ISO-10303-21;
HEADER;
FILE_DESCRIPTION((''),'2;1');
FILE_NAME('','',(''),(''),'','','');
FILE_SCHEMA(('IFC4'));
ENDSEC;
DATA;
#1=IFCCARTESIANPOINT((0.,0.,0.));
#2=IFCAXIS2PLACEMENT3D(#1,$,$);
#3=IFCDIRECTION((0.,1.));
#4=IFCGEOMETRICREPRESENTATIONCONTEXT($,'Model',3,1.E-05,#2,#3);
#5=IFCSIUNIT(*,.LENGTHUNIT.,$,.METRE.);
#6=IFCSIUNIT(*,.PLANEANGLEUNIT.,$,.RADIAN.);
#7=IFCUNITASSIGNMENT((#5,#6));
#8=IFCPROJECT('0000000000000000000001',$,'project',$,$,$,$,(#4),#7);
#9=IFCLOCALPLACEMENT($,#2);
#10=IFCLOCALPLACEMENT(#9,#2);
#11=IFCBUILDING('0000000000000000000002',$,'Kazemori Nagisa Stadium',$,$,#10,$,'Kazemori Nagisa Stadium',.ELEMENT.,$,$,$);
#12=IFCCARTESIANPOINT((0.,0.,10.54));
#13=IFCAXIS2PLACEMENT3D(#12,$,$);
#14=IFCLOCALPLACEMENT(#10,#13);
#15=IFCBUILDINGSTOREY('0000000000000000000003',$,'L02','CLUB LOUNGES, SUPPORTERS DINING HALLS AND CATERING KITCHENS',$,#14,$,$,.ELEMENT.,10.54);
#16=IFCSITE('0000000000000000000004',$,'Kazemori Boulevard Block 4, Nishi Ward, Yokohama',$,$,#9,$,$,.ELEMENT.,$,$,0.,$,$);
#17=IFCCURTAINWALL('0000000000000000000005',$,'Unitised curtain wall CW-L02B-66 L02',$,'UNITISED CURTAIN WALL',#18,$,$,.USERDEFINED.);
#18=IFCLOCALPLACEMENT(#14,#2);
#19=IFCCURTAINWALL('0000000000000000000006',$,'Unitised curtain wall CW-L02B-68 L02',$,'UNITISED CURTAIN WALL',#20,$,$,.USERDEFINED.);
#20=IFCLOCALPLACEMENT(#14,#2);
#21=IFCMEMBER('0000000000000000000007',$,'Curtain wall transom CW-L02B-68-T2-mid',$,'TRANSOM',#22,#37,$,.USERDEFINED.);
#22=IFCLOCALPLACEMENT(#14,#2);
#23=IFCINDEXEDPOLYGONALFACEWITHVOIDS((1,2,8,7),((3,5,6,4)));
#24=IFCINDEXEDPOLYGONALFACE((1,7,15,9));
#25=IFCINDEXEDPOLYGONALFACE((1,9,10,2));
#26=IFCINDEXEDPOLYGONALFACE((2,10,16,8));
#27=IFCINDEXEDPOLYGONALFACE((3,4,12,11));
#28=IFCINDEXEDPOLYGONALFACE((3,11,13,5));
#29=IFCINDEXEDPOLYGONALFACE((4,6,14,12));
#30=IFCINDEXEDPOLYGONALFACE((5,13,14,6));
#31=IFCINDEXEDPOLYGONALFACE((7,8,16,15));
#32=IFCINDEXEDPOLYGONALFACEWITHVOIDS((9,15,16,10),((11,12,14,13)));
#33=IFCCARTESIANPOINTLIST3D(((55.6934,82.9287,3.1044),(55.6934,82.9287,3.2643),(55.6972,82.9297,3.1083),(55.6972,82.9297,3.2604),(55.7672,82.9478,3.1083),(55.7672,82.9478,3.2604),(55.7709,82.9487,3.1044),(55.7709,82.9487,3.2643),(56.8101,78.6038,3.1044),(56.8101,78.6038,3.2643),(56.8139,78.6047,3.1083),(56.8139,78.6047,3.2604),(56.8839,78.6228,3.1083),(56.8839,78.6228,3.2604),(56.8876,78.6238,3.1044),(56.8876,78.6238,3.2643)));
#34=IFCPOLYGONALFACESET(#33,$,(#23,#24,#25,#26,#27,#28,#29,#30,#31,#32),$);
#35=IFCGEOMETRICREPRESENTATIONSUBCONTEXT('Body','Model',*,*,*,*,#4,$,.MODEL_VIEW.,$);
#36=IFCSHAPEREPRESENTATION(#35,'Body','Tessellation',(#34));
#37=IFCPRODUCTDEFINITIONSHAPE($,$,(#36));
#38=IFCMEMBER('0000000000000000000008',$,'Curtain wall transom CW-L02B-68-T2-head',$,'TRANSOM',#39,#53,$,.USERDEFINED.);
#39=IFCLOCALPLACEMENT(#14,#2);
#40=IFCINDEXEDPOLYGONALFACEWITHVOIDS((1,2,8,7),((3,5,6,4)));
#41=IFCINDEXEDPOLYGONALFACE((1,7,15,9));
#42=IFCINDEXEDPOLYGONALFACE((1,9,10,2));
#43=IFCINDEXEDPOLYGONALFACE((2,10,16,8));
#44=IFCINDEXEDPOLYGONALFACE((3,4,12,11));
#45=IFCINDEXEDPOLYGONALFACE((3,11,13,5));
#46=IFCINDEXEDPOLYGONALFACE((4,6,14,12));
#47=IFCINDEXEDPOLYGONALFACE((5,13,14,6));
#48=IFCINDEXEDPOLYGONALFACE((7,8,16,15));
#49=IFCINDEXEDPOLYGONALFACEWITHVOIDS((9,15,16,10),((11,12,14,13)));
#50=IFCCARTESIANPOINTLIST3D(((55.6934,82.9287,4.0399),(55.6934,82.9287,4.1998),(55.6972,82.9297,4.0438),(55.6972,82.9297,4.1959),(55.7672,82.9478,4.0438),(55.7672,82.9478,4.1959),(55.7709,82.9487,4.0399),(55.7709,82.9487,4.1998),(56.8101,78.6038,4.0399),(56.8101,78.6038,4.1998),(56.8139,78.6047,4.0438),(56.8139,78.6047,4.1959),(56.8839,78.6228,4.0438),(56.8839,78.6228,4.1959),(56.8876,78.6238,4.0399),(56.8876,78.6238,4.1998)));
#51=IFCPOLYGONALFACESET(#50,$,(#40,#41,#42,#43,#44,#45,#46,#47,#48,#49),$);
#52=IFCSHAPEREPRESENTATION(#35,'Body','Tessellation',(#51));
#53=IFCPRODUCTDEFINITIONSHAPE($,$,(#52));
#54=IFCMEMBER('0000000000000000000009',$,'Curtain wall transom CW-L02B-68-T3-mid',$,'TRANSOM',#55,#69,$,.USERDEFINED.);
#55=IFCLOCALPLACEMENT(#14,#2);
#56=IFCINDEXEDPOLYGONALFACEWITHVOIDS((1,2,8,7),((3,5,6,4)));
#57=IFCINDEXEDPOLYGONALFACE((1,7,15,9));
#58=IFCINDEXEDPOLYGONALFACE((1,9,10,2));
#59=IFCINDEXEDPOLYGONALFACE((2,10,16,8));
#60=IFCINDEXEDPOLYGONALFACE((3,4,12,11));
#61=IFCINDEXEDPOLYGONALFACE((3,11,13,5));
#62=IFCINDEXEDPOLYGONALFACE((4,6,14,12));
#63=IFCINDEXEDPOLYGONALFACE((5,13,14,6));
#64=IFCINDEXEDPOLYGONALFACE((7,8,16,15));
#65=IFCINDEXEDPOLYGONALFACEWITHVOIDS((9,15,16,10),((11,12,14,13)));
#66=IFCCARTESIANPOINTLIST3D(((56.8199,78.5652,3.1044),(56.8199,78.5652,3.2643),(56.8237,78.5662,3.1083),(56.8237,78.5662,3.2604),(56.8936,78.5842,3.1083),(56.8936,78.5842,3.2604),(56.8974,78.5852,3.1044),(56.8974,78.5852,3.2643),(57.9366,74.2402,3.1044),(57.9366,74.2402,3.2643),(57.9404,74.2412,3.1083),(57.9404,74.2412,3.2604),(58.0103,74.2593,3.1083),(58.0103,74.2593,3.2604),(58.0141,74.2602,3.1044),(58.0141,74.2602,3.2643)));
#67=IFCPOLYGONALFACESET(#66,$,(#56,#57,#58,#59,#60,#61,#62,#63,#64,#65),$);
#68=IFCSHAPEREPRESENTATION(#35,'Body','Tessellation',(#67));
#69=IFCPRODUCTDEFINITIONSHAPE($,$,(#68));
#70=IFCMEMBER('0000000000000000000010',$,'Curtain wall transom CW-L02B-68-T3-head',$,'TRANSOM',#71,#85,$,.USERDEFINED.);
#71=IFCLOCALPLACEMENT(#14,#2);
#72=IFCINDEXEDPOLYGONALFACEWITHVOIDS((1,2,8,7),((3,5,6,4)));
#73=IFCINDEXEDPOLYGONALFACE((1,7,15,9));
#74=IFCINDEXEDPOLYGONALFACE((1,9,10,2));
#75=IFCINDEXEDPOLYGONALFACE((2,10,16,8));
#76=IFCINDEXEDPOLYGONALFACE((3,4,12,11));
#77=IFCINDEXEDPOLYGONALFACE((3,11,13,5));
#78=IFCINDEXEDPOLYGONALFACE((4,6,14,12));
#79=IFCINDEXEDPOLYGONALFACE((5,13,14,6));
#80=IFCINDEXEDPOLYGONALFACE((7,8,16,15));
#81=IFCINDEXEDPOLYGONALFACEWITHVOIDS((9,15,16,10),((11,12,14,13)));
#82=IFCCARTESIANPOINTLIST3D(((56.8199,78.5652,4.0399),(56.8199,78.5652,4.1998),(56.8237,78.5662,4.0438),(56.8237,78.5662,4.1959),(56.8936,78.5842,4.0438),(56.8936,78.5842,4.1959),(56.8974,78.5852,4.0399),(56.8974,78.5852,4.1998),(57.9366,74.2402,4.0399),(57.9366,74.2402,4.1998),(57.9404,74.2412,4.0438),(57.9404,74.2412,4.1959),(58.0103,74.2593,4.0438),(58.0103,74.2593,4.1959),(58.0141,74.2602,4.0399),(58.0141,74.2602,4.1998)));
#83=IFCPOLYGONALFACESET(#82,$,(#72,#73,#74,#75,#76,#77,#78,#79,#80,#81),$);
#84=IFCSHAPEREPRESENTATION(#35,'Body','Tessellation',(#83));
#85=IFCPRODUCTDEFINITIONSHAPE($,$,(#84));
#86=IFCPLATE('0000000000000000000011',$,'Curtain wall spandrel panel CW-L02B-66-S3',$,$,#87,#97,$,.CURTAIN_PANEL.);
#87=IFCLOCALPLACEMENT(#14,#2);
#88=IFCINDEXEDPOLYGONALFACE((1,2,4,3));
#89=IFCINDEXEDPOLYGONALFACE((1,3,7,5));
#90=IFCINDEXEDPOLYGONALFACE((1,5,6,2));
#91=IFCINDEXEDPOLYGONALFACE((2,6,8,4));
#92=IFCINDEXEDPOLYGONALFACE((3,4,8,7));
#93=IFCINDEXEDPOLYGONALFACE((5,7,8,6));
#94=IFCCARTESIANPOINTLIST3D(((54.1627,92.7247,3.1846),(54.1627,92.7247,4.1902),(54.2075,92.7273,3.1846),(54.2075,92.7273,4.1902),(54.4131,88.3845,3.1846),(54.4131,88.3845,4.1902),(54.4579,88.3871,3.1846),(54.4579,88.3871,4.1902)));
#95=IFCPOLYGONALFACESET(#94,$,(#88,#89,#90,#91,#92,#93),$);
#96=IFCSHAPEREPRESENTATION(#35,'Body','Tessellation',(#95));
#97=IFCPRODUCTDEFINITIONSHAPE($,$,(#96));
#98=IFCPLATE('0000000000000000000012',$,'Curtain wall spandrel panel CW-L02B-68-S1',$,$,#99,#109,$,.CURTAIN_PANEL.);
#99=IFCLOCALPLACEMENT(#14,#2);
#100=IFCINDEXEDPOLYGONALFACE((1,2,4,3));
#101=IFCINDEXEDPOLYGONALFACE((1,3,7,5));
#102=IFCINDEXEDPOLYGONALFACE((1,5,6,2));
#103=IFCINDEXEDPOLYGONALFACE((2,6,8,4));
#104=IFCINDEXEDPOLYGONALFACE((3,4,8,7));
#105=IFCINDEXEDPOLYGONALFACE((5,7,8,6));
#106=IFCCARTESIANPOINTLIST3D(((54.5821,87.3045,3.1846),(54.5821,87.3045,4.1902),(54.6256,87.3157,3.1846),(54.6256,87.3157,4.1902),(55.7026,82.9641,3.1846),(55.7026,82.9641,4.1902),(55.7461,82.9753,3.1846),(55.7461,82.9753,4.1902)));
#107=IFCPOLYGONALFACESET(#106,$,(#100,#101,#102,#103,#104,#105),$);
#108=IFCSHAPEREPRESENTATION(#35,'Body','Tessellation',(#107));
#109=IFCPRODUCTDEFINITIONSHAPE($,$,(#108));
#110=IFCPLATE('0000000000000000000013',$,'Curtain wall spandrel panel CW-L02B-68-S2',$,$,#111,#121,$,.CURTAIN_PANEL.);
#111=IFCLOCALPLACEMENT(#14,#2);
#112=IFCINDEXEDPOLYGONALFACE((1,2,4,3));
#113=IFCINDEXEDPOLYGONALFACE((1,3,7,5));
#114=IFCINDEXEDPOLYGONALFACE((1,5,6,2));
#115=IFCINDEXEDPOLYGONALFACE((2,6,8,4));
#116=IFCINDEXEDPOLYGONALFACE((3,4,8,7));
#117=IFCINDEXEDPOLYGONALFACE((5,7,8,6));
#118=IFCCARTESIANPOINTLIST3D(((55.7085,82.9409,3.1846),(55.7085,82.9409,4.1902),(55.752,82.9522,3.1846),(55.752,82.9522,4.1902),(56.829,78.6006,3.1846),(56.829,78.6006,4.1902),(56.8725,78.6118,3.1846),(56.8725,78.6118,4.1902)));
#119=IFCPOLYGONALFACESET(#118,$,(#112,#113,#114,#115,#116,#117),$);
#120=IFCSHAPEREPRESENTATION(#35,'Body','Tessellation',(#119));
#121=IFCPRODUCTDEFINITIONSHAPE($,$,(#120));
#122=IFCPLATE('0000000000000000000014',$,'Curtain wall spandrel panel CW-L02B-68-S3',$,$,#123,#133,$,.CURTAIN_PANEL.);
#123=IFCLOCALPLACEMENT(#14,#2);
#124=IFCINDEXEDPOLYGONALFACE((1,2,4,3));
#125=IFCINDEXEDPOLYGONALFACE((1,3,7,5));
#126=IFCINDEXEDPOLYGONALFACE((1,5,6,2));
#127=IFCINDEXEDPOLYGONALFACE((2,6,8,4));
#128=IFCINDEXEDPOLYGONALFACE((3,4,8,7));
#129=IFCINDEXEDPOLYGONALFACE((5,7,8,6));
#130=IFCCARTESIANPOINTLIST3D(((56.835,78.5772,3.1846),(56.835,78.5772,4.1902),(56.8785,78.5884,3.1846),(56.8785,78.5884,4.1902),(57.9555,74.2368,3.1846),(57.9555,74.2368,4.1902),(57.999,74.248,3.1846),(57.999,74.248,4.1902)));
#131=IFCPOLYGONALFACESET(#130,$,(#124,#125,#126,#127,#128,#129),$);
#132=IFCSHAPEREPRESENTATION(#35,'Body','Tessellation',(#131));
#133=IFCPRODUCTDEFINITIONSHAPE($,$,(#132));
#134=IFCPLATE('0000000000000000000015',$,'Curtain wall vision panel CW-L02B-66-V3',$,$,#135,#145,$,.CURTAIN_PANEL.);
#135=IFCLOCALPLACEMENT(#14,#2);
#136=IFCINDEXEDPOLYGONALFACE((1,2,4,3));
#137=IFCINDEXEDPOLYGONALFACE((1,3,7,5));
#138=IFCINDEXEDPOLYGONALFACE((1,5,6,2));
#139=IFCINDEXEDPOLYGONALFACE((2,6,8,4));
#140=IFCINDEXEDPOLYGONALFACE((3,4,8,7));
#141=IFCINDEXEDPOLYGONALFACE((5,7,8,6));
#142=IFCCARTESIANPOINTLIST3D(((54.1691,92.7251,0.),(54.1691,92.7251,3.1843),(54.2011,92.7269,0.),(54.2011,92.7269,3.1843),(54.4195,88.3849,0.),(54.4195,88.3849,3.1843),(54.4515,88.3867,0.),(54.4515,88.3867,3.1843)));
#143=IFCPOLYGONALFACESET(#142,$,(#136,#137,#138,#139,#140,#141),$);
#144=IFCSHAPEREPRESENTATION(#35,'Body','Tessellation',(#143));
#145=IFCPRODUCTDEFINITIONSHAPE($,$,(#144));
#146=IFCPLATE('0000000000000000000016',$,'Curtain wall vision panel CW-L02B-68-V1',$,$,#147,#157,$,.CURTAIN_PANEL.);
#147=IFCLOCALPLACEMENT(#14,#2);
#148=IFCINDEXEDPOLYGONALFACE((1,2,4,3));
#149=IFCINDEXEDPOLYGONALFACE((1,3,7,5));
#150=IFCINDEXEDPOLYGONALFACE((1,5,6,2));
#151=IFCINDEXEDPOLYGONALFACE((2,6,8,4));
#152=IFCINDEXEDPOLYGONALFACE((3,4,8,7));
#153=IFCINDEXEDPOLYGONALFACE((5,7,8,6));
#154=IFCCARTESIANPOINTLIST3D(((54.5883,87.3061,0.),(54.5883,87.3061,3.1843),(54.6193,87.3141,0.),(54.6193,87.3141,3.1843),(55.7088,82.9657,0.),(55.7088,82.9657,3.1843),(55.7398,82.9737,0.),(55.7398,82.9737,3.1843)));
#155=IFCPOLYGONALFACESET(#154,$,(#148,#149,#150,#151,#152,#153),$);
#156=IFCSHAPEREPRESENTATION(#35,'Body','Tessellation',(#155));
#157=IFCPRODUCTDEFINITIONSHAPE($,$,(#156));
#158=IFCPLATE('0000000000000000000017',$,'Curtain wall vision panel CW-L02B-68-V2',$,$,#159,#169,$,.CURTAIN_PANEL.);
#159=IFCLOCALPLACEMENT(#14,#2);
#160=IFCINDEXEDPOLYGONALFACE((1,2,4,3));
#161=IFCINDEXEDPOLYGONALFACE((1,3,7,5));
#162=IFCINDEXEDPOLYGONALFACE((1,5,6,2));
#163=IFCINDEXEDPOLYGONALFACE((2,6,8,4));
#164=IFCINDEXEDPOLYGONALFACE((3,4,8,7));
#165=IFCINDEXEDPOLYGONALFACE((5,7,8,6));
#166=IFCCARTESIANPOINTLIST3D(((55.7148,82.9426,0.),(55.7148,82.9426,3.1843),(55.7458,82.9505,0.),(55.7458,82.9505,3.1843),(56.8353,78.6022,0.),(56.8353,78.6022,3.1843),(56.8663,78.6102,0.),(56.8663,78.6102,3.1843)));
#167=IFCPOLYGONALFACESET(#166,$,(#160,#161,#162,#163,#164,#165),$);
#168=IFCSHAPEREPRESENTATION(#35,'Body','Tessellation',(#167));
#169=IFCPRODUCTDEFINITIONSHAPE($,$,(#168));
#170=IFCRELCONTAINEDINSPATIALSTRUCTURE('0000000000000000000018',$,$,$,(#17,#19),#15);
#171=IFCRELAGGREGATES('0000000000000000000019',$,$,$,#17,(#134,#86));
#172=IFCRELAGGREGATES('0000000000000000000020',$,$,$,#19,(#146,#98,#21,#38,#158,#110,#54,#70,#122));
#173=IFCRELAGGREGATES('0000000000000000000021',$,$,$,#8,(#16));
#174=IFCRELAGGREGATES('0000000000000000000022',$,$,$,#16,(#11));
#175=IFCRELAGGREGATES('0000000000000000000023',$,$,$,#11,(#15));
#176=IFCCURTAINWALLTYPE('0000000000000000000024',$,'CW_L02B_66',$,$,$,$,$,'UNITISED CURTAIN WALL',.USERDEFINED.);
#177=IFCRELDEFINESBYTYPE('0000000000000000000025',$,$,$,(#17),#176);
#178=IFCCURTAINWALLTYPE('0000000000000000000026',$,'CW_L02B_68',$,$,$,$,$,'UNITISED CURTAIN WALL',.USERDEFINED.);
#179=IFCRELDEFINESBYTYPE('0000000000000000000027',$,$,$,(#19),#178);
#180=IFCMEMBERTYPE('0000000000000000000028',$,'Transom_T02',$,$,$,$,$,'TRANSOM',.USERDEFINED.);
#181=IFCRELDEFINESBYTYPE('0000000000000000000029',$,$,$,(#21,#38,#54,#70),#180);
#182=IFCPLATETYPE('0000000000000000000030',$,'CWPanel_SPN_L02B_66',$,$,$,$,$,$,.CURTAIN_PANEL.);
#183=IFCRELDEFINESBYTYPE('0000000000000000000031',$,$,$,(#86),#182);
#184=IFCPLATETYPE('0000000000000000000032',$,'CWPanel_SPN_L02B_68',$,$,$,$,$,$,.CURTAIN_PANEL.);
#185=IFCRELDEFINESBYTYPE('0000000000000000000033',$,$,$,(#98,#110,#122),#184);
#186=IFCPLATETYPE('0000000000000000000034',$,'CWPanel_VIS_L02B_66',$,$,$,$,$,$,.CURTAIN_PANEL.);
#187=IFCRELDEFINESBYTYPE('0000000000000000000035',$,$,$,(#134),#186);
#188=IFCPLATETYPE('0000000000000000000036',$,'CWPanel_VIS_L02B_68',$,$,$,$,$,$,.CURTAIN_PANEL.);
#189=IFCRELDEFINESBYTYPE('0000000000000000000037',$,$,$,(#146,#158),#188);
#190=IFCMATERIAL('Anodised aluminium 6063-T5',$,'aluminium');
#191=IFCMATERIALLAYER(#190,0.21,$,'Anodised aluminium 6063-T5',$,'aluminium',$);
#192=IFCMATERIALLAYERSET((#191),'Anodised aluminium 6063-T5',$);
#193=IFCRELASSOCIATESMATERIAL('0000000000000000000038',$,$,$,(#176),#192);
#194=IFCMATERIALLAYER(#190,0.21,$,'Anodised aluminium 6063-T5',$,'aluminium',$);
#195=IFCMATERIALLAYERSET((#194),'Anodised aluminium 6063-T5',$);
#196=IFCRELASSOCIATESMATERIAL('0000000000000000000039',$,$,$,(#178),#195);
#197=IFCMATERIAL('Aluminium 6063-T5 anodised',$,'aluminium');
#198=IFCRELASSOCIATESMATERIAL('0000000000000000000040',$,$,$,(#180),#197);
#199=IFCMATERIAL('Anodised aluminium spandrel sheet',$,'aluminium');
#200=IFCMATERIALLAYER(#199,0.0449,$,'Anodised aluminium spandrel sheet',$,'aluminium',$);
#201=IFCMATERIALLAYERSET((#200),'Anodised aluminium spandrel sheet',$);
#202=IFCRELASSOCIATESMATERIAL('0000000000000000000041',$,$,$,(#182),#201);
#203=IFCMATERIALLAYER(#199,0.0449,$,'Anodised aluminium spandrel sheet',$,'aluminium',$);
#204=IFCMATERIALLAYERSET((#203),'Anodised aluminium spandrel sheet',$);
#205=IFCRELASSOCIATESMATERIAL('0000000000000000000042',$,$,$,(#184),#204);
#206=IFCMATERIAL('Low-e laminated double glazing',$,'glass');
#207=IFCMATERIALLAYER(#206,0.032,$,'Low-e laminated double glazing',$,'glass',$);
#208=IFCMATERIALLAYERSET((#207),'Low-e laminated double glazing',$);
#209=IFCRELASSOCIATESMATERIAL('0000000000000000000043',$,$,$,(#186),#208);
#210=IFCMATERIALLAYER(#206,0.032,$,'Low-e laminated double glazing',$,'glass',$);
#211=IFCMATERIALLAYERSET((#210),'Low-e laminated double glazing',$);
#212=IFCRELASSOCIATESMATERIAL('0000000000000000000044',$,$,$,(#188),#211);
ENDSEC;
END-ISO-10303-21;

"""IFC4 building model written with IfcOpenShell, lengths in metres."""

from ifc_helpers import new_model, si_unit, direction, frame, origin, origin_2d, place, context, subcontext, project, spatial, rectangle, hollow_rectangle, extrude, material, layer, layer_set, material_profile, profile_set, type_object, element, aggregate, save


model = new_model("IFC4")

# Units and contexts
model_context = context("Model", 3, precision=1e-05, world=origin(), true_north=direction((0.0, 1.0)))
body_context = subcontext(model_context, "Body", "Model", "MODEL_VIEW")
ifc_project = project(units=[si_unit("LENGTHUNIT", "METRE"), si_unit("PLANEANGLEUNIT", "RADIAN")], contexts=[model_context])

# Site, building, storey
site_placement = place(None, origin())
site = spatial("IfcSite", under=ifc_project, at=site_placement, Name="Kazemori Boulevard Block 4, Nishi Ward, Yokohama", CompositionType="ELEMENT", RefElevation=0.0)
building_placement = place(site_placement, origin())
building = spatial("IfcBuilding", under=site, at=building_placement, Name="Kazemori Nagisa Stadium", LongName="Kazemori Nagisa Stadium", CompositionType="ELEMENT")
storey_placement = place(building_placement, frame((0.0, 0.0, 10.54)))
storey = spatial("IfcBuildingStorey", under=building, at=storey_placement, Name="L02", Description="CLUB LOUNGES, SUPPORTERS DINING HALLS AND CATERING KITCHENS", CompositionType="ELEMENT", Elevation=10.54)

# Curtain wall
ifc_material_1 = material(Name="Anodised aluminium 6063-T5", Category="aluminium")
ifc_layer_1 = layer(ifc_material_1, 0.21, Name="Anodised aluminium 6063-T5", Category="aluminium")
ifc_layer_set_1 = layer_set([ifc_layer_1], Name="Anodised aluminium 6063-T5")
curtain_wall_type_1 = type_object("IfcCurtainWallType", Name="CW_L02B_66", ElementType="UNITISED CURTAIN WALL", PredefinedType="USERDEFINED", material=ifc_layer_set_1)
curtain_wall_1_placement = place(storey_placement, origin())
curtain_wall_1 = element("IfcCurtainWall", 1, at=curtain_wall_1_placement, inside=storey, type_object=curtain_wall_type_1, Name="Unitised curtain wall CW-L02B-66 L02", ObjectType="UNITISED CURTAIN WALL", PredefinedType="USERDEFINED")
ifc_material_2 = material(Name="Aluminium 6063-T5 anodised", Category="aluminium")

# Curtain wall, members
ifc_layer_2 = layer(ifc_material_1, 0.21, Name="Anodised aluminium 6063-T5", Category="aluminium")
ifc_layer_set_2 = layer_set([ifc_layer_2], Name="Anodised aluminium 6063-T5")
curtain_wall_type_2 = type_object("IfcCurtainWallType", Name="CW_L02B_68", ElementType="UNITISED CURTAIN WALL", PredefinedType="USERDEFINED", material=ifc_layer_set_2)
curtain_wall_2_placement = place(storey_placement, origin())
curtain_wall_2 = element("IfcCurtainWall", 2, at=curtain_wall_2_placement, inside=storey, type_object=curtain_wall_type_2, Name="Unitised curtain wall CW-L02B-68 L02", ObjectType="UNITISED CURTAIN WALL", PredefinedType="USERDEFINED")
ifc_material_profile_1 = material_profile(ifc_material_2, hollow_rectangle(XDim=0.0801, YDim=0.1599, WallThickness=0.0039, at=origin_2d()), Name="ALU-TRAN-80x160x4")
ifc_profile_set_1 = profile_set([ifc_material_profile_1], Name="Aluminium 6063-T5 anodised")
member_type_1 = type_object("IfcMemberType", Name="Transom_T02", ElementType="TRANSOM", PredefinedType="USERDEFINED", material=ifc_profile_set_1)
member_1_placement = place(storey_placement, frame((55.7322, 82.9387, 3.1843), z_axis=(0.25, -0.968246, 0.0), x_axis=(0.968246, 0.25, 0.0)))
member_1 = element("IfcMember", 3, at=member_1_placement, type_object=member_type_1, Name="Curtain wall transom CW-L02B-68-T2-mid", ObjectType="TRANSOM", PredefinedType="USERDEFINED", context=body_context, shape_type="SweptSolid", body=[
    extrude(hollow_rectangle(XDim=0.0801, YDim=0.1599, WallThickness=0.0039, at=origin_2d()), origin(), (0.0, 0.0, 1.0), 4.4668),
])
member_2_placement = place(storey_placement, frame((55.7322, 82.9387, 4.1199), z_axis=(0.25, -0.968246, 0.0), x_axis=(0.968246, 0.25, 0.0)))
member_2 = element("IfcMember", 4, at=member_2_placement, type_object=member_type_1, Name="Curtain wall transom CW-L02B-68-T2-head", ObjectType="TRANSOM", PredefinedType="USERDEFINED", context=body_context, shape_type="SweptSolid", body=[
    extrude(hollow_rectangle(XDim=0.0801, YDim=0.1599, WallThickness=0.0039, at=origin_2d()), origin(), (0.0, 0.0, 1.0), 4.4668),
])
member_3_placement = place(storey_placement, frame((56.8586, 78.5752, 3.1843), z_axis=(0.25, -0.968246, 0.0), x_axis=(0.968246, 0.25, 0.0)))
member_3 = element("IfcMember", 5, at=member_3_placement, type_object=member_type_1, Name="Curtain wall transom CW-L02B-68-T3-mid", ObjectType="TRANSOM", PredefinedType="USERDEFINED", context=body_context, shape_type="SweptSolid", body=[
    extrude(hollow_rectangle(XDim=0.0801, YDim=0.1599, WallThickness=0.0039, at=origin_2d()), origin(), (0.0, 0.0, 1.0), 4.4668),
])
member_4_placement = place(storey_placement, frame((56.8586, 78.5752, 4.1199), z_axis=(0.25, -0.968246, 0.0), x_axis=(0.968246, 0.25, 0.0)))
member_4 = element("IfcMember", 6, at=member_4_placement, type_object=member_type_1, Name="Curtain wall transom CW-L02B-68-T3-head", ObjectType="TRANSOM", PredefinedType="USERDEFINED", context=body_context, shape_type="SweptSolid", body=[
    extrude(hollow_rectangle(XDim=0.0801, YDim=0.1599, WallThickness=0.0039, at=origin_2d()), origin(), (0.0, 0.0, 1.0), 4.4668),
])

# Plates
ifc_material_3 = material(Name="Anodised aluminium spandrel sheet", Category="aluminium")
ifc_layer_3 = layer(ifc_material_3, 0.0449, Name="Anodised aluminium spandrel sheet", Category="aluminium")
ifc_layer_set_3 = layer_set([ifc_layer_3], Name="Anodised aluminium spandrel sheet")
plate_type_1 = type_object("IfcPlateType", Name="CWPanel_SPN_L02B_66", PredefinedType="CURTAIN_PANEL", material=ifc_layer_set_3)
plate_1_placement = place(storey_placement, frame((54.3103, 90.5559, 3.1846), z_axis=(0.0, 0.0, 1.0), x_axis=(0.057602, -0.99834, 0.0)))
plate_1 = element("IfcPlate", 7, at=plate_1_placement, type_object=plate_type_1, Name="Curtain wall spandrel panel CW-L02B-66-S3", PredefinedType="CURTAIN_PANEL", context=body_context, shape_type="SweptSolid", body=[
    extrude(rectangle(XDim=4.3474, YDim=0.0449, at=origin_2d()), origin(), (0.0, 0.0, 1.0), 1.0056),
])
ifc_layer_4 = layer(ifc_material_3, 0.0449, Name="Anodised aluminium spandrel sheet", Category="aluminium")
ifc_layer_set_4 = layer_set([ifc_layer_4], Name="Anodised aluminium spandrel sheet")
plate_type_2 = type_object("IfcPlateType", Name="CWPanel_SPN_L02B_68", PredefinedType="CURTAIN_PANEL", material=ifc_layer_set_4)
plate_2_placement = place(storey_placement, frame((55.1641, 85.1399, 3.1846), z_axis=(0.0, 0.0, 1.0), x_axis=(0.249965, -0.968255, 0.0)))
plate_2 = element("IfcPlate", 8, at=plate_2_placement, type_object=plate_type_2, Name="Curtain wall spandrel panel CW-L02B-68-S1", PredefinedType="CURTAIN_PANEL", context=body_context, shape_type="SweptSolid", body=[
    extrude(rectangle(XDim=4.4827, YDim=0.0449, at=origin_2d()), origin(), (0.0, 0.0, 1.0), 1.0056),
])
plate_3_placement = place(storey_placement, frame((56.2905, 80.7764, 3.1846), z_axis=(0.0, 0.0, 1.0), x_axis=(0.249965, -0.968255, 0.0)))
plate_3 = element("IfcPlate", 9, at=plate_3_placement, type_object=plate_type_2, Name="Curtain wall spandrel panel CW-L02B-68-S2", PredefinedType="CURTAIN_PANEL", context=body_context, shape_type="SweptSolid", body=[
    extrude(rectangle(XDim=4.4827, YDim=0.0449, at=origin_2d()), origin(), (0.0, 0.0, 1.0), 1.0056),
])
plate_4_placement = place(storey_placement, frame((57.417, 76.4126, 3.1846), z_axis=(0.0, 0.0, 1.0), x_axis=(0.249965, -0.968255, 0.0)))
plate_4 = element("IfcPlate", 10, at=plate_4_placement, type_object=plate_type_2, Name="Curtain wall spandrel panel CW-L02B-68-S3", PredefinedType="CURTAIN_PANEL", context=body_context, shape_type="SweptSolid", body=[
    extrude(rectangle(XDim=4.4827, YDim=0.0449, at=origin_2d()), origin(), (0.0, 0.0, 1.0), 1.0056),
])
ifc_material_4 = material(Name="Low-e laminated double glazing", Category="glass")
ifc_layer_5 = layer(ifc_material_4, 0.032, Name="Low-e laminated double glazing", Category="glass")
ifc_layer_set_5 = layer_set([ifc_layer_5], Name="Low-e laminated double glazing")
plate_type_3 = type_object("IfcPlateType", Name="CWPanel_VIS_L02B_66", PredefinedType="CURTAIN_PANEL", material=ifc_layer_set_5)
plate_5_placement = place(storey_placement, frame((54.3103, 90.5559, 0.0), z_axis=(0.0, 0.0, 1.0), x_axis=(0.057602, -0.99834, 0.0)))
plate_5 = element("IfcPlate", 11, at=plate_5_placement, type_object=plate_type_3, Name="Curtain wall vision panel CW-L02B-66-V3", PredefinedType="CURTAIN_PANEL", context=body_context, shape_type="SweptSolid", body=[
    extrude(rectangle(XDim=4.3474, YDim=0.032, at=origin_2d()), origin(), (0.0, 0.0, 1.0), 3.1843),
])
aggregate(curtain_wall_1, [plate_5, plate_1])
ifc_layer_6 = layer(ifc_material_4, 0.032, Name="Low-e laminated double glazing", Category="glass")
ifc_layer_set_6 = layer_set([ifc_layer_6], Name="Low-e laminated double glazing")
plate_type_4 = type_object("IfcPlateType", Name="CWPanel_VIS_L02B_68", PredefinedType="CURTAIN_PANEL", material=ifc_layer_set_6)
plate_6_placement = place(storey_placement, frame((55.1641, 85.1399, 0.0), z_axis=(0.0, 0.0, 1.0), x_axis=(0.249965, -0.968255, 0.0)))
plate_6 = element("IfcPlate", 12, at=plate_6_placement, type_object=plate_type_4, Name="Curtain wall vision panel CW-L02B-68-V1", PredefinedType="CURTAIN_PANEL", context=body_context, shape_type="SweptSolid", body=[
    extrude(rectangle(XDim=4.4827, YDim=0.032, at=origin_2d()), origin(), (0.0, 0.0, 1.0), 3.1843),
])
plate_7_placement = place(storey_placement, frame((56.2905, 80.7764, 0.0), z_axis=(0.0, 0.0, 1.0), x_axis=(0.249965, -0.968255, 0.0)))
plate_7 = element("IfcPlate", 13, at=plate_7_placement, type_object=plate_type_4, Name="Curtain wall vision panel CW-L02B-68-V2", PredefinedType="CURTAIN_PANEL", context=body_context, shape_type="SweptSolid", body=[
    extrude(rectangle(XDim=4.4827, YDim=0.032, at=origin_2d()), origin(), (0.0, 0.0, 1.0), 3.1843),
])
aggregate(curtain_wall_2, [plate_6, plate_2, member_1, member_2, plate_7, plate_3, member_3, member_4, plate_4])

save(model, "model.ifc")
